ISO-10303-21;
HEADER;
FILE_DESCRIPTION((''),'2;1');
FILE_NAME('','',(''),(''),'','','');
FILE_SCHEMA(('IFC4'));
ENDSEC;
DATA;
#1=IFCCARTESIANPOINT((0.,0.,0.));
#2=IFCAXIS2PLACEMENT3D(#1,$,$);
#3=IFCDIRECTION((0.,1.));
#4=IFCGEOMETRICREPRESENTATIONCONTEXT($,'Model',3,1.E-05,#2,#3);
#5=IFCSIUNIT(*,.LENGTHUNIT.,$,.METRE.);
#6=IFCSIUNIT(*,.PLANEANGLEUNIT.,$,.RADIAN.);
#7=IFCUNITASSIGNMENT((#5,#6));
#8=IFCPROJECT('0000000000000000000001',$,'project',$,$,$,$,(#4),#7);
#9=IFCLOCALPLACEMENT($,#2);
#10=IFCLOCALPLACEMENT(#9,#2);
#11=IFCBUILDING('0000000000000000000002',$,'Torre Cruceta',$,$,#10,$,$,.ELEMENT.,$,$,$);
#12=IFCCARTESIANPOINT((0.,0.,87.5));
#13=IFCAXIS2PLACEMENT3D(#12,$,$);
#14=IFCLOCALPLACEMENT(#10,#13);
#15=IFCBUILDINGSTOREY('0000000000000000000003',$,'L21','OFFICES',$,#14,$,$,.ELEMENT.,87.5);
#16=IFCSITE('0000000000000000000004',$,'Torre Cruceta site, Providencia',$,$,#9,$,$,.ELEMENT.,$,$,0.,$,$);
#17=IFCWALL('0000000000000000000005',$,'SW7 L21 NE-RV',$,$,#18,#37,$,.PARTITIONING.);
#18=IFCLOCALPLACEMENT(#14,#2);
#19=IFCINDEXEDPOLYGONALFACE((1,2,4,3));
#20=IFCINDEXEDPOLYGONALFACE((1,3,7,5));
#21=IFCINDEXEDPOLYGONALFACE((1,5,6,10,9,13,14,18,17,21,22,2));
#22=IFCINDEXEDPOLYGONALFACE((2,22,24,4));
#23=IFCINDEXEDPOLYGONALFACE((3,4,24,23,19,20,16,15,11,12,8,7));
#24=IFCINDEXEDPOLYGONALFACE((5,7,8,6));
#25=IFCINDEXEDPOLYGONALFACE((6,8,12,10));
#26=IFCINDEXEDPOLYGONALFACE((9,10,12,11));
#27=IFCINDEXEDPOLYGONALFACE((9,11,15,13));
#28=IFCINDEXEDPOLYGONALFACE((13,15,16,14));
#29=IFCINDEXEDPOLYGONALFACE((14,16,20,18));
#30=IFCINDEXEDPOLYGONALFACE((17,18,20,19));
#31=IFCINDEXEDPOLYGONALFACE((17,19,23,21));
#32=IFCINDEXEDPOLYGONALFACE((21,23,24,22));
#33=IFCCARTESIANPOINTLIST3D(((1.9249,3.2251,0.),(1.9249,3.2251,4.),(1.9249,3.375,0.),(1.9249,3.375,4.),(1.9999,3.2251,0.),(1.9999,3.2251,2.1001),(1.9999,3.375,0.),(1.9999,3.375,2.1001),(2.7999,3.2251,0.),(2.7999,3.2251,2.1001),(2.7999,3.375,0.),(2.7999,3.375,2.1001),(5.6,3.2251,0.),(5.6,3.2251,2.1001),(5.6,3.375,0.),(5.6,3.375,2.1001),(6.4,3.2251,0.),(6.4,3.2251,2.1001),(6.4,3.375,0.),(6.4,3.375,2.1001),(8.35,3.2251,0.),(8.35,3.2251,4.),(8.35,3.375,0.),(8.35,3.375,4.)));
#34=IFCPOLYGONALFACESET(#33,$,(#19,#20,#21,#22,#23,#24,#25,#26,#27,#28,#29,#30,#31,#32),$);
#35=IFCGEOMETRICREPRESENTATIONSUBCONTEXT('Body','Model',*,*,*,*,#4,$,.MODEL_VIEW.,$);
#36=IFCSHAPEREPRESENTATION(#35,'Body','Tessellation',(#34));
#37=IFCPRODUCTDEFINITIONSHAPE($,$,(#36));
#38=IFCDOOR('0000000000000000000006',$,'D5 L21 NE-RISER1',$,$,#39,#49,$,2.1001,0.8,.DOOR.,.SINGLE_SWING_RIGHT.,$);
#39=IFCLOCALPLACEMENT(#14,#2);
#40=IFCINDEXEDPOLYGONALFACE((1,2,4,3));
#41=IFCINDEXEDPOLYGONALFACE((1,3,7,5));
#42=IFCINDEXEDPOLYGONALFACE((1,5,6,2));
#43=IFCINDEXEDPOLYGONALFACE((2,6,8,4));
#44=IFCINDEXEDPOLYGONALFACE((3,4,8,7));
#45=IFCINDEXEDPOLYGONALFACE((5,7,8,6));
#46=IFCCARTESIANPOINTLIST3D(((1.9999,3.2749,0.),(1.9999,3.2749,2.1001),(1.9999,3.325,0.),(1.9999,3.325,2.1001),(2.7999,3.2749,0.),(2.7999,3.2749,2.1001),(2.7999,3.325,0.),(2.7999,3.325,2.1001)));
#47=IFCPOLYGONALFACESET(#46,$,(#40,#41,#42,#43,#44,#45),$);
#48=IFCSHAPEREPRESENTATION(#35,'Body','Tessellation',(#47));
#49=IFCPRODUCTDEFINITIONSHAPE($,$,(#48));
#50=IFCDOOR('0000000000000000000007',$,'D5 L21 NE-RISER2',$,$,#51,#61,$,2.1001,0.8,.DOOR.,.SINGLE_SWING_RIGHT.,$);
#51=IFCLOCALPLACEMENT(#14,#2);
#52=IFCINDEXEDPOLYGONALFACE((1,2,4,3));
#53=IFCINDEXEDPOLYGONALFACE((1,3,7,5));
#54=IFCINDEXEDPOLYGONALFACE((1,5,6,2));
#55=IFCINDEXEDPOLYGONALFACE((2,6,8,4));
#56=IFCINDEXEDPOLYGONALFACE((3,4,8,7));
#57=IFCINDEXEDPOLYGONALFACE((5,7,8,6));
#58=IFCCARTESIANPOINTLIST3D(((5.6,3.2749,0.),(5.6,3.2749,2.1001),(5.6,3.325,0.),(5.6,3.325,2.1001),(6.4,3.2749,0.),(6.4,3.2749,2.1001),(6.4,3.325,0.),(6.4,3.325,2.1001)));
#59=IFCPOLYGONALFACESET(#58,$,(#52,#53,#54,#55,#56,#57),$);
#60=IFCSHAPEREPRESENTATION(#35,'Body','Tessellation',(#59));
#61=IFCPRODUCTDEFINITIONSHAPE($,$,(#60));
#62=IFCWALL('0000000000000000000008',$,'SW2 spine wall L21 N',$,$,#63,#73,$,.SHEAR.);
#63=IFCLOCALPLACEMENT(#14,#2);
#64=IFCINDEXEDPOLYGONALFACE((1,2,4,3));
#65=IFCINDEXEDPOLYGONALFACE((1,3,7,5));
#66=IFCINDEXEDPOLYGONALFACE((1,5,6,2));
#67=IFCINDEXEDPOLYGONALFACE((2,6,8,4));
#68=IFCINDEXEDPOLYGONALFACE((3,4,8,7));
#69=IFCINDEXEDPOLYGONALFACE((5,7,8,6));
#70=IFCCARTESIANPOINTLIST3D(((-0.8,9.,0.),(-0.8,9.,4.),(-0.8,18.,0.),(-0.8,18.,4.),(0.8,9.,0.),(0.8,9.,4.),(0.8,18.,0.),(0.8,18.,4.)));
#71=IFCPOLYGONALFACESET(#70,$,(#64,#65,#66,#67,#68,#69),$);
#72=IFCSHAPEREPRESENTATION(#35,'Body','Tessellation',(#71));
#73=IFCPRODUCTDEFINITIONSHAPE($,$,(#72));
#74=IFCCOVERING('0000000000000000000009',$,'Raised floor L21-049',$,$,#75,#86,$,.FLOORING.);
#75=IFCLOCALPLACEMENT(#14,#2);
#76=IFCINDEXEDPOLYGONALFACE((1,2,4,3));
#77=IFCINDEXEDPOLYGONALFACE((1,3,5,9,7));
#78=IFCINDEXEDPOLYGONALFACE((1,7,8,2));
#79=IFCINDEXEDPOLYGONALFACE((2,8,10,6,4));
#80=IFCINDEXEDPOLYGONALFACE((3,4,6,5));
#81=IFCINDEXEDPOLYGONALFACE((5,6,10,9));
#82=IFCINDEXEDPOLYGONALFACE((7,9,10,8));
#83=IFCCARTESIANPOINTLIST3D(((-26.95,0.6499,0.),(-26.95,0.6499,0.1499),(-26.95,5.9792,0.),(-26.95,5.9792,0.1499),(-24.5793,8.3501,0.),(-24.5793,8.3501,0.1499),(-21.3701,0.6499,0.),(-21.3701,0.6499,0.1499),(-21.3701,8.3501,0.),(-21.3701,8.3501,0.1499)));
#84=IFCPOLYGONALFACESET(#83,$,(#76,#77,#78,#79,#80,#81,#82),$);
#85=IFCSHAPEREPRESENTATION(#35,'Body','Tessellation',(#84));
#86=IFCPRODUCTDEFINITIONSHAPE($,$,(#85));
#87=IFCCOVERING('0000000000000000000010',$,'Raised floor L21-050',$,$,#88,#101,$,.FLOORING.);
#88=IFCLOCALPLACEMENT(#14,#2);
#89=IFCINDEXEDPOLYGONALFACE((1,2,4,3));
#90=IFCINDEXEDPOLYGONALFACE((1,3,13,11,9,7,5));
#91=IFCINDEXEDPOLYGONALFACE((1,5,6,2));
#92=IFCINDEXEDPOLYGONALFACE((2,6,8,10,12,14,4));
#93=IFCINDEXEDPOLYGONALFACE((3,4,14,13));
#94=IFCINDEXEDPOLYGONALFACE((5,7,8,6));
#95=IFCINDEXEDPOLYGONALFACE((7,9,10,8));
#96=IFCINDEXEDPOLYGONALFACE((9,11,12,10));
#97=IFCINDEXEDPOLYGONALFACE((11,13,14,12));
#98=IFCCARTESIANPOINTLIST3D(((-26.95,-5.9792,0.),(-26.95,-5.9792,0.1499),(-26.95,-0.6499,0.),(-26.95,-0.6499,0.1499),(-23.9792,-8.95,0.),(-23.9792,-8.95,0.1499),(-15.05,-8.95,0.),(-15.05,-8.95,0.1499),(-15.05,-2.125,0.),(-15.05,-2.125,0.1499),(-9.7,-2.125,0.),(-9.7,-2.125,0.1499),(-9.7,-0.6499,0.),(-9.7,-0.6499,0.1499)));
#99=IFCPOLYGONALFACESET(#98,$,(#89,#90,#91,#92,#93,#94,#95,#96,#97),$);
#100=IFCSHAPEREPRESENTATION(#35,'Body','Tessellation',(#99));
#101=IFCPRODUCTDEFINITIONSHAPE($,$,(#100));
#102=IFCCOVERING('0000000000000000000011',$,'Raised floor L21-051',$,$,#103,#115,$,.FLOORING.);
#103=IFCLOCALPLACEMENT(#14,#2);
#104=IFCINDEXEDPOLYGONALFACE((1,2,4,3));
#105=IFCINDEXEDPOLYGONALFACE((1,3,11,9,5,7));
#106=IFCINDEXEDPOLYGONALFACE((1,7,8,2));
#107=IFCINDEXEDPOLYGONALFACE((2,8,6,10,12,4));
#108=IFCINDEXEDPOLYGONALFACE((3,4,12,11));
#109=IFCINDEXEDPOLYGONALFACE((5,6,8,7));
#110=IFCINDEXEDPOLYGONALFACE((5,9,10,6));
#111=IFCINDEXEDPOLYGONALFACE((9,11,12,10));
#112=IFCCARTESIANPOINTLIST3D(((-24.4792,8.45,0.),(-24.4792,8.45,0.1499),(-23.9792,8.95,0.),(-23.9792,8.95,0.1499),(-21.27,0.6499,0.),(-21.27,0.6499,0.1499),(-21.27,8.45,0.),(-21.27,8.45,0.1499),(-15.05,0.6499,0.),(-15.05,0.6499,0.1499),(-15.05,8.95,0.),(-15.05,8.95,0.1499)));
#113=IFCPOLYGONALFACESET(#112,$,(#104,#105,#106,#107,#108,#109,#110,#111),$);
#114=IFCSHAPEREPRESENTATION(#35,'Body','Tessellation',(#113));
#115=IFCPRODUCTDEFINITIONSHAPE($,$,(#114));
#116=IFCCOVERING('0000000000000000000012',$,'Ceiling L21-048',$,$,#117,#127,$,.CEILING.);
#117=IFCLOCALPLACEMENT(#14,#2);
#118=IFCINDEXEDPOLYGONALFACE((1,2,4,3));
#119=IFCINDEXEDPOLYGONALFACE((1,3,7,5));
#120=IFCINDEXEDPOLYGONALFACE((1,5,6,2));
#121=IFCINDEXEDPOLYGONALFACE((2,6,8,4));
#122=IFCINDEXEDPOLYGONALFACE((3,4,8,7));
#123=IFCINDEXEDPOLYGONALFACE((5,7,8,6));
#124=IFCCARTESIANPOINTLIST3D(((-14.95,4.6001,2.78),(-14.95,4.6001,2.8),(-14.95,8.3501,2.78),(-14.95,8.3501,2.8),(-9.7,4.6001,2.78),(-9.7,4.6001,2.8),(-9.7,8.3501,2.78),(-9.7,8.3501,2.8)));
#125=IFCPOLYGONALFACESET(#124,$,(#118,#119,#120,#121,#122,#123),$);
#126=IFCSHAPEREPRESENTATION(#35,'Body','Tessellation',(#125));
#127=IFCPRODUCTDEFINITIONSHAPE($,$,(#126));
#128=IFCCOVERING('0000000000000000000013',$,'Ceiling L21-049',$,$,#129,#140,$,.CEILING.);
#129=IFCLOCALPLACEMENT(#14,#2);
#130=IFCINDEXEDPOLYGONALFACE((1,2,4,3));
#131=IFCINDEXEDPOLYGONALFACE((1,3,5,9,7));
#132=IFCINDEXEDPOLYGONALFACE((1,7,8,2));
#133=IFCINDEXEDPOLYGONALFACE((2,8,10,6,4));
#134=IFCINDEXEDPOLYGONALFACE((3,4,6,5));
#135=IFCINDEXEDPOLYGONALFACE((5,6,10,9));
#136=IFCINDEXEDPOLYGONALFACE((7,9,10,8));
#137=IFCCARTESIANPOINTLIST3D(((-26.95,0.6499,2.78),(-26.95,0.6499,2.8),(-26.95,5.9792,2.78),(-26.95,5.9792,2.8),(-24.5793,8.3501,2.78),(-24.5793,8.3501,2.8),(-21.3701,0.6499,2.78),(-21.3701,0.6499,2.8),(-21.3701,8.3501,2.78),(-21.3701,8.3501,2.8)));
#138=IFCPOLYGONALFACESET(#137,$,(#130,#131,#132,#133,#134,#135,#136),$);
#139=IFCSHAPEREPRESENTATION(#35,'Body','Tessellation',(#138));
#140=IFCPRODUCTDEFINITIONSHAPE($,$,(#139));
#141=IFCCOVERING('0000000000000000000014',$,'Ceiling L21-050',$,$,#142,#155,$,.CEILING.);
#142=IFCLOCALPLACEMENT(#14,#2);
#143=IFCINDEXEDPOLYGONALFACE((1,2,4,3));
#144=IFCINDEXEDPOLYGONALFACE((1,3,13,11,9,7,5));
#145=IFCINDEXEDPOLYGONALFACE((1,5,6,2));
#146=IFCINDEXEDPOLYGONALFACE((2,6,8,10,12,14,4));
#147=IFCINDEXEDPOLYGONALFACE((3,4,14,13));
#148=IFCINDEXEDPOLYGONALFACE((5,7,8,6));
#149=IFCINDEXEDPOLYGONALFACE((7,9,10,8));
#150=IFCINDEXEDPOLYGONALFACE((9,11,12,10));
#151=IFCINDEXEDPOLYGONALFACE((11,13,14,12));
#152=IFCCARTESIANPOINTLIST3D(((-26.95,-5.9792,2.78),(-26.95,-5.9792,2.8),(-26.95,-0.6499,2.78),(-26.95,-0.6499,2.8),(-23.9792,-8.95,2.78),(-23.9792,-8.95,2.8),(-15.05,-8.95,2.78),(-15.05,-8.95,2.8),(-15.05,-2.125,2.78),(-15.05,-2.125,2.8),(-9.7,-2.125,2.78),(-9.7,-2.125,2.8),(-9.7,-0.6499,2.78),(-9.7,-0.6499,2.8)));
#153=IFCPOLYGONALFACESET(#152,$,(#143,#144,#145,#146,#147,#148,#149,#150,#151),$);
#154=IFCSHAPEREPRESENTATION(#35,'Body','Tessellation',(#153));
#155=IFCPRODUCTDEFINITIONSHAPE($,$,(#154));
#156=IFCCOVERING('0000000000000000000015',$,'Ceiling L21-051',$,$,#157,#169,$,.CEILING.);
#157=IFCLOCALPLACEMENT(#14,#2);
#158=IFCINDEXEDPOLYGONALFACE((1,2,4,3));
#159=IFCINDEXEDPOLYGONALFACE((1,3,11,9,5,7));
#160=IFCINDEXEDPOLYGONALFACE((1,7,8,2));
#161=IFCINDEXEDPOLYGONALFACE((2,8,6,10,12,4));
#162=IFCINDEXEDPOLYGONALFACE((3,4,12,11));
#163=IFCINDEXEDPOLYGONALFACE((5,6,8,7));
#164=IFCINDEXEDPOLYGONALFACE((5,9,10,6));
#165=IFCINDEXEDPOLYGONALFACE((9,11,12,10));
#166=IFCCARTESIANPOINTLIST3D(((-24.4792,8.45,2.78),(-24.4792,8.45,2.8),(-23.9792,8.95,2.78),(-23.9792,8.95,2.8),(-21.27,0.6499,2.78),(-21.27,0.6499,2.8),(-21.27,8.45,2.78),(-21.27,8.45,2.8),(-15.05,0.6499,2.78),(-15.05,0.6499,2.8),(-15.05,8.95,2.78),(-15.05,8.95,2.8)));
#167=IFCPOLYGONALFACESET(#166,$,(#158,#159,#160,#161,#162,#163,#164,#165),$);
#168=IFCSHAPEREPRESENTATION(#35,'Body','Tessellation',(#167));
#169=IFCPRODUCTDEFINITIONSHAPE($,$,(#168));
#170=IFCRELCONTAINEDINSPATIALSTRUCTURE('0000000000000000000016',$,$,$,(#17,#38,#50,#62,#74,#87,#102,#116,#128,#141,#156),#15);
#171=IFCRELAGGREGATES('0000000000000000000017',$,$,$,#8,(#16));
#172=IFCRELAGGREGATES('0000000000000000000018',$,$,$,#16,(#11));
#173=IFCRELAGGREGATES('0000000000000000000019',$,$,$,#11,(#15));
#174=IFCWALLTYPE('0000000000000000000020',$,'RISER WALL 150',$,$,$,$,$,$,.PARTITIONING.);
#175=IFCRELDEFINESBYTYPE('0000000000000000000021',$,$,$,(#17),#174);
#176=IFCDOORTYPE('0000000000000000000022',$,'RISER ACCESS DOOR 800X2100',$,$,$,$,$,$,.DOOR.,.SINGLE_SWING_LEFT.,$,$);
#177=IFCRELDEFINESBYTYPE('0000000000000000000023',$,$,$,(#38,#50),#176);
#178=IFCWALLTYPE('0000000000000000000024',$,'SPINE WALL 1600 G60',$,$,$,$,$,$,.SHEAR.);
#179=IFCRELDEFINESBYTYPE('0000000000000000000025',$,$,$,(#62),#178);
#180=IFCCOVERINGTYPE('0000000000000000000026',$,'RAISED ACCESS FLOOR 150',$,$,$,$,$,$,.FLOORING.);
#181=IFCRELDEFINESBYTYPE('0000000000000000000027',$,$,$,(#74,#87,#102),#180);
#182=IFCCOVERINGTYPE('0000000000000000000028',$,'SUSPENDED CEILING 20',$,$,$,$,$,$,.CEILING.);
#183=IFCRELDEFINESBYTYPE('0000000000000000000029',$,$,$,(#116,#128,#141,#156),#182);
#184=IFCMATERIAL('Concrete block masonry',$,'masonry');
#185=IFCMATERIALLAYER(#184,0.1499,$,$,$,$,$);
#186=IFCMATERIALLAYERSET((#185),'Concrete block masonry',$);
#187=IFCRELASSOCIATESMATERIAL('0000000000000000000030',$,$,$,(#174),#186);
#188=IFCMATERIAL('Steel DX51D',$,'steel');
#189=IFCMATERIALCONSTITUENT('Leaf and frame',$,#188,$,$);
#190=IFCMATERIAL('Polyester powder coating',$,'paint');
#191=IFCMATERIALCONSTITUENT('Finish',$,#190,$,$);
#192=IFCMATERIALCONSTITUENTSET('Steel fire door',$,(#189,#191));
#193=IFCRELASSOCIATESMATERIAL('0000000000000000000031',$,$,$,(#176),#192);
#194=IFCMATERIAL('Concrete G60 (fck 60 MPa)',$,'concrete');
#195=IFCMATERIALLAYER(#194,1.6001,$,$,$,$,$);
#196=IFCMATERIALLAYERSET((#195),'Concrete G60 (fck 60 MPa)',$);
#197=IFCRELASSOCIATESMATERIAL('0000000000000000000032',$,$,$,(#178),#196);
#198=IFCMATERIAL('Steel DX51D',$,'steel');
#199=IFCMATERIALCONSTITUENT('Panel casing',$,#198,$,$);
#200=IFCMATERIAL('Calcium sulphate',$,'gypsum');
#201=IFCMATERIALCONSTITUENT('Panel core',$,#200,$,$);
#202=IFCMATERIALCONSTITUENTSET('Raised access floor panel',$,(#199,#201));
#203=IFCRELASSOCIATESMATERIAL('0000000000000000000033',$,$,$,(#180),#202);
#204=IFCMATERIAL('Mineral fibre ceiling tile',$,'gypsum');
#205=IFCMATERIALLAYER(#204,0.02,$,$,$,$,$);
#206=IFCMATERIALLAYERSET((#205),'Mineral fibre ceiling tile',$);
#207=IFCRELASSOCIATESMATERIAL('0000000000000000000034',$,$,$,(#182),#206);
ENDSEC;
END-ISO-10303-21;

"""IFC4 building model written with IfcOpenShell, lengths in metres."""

from ifc_helpers import new_model, si_unit, direction, frame, frame_2d, origin, place, context, subcontext, project, spatial, polyline, rectangle, outline, extrude, material, layer, layer_set, constituent, constituent_set, type_object, element, fill, save


model = new_model("IFC4")

# Units and contexts
model_context = context("Model", 3, precision=1e-05, world=origin(), true_north=direction((0.0, 1.0)))
body_context = subcontext(model_context, "Body", "Model", "MODEL_VIEW")
ifc_project = project(units=[si_unit("LENGTHUNIT", "METRE"), si_unit("PLANEANGLEUNIT", "RADIAN")], contexts=[model_context])

# Site, building, storey
site_placement = place(None, origin())
site = spatial("IfcSite", under=ifc_project, at=site_placement, Name="Torre Cruceta site, Providencia", CompositionType="ELEMENT", RefElevation=0.0)
building_placement = place(site_placement, origin())
building = spatial("IfcBuilding", under=site, at=building_placement, Name="Torre Cruceta", CompositionType="ELEMENT")
storey_placement = place(building_placement, frame((0.0, 0.0, 87.5)))
storey = spatial("IfcBuildingStorey", under=building, at=storey_placement, Name="L21", Description="OFFICES", CompositionType="ELEMENT", Elevation=87.5)

# Wall, openings, doors
ifc_material_1 = material(Name="Concrete block masonry", Category="masonry")
ifc_layer_1 = layer(ifc_material_1, 0.1499)
ifc_layer_set_1 = layer_set([ifc_layer_1], Name="Concrete block masonry")
wall_type_1 = type_object("IfcWallType", Name="RISER WALL 150", PredefinedType="PARTITIONING", material=ifc_layer_set_1)
wall_1_placement = place(storey_placement, frame((1.925, 3.3, 0.0), z_axis=(0.0, 0.0, 1.0), x_axis=(1.0, 0.0, 0.0)))
wall_1 = element("IfcWall", 1, at=wall_1_placement, inside=storey, type_object=wall_type_1, Name="SW7 L21 NE-RV", PredefinedType="PARTITIONING", context=body_context, shape_type="SweptSolid", body=[
    extrude(rectangle(XDim=6.425, YDim=0.1499, at=frame_2d((3.2124, 0.0))), origin(), (0.0, 0.0, 1.0), 4.0),
])
opening_1_placement = place(wall_1_placement, frame((0.075, 0.0, 0.0)))
opening_1 = element("IfcOpeningElement", 2, at=opening_1_placement, cuts=wall_1, PredefinedType="OPENING", context=body_context, shape_type="SweptSolid", body=[
    extrude(rectangle(XDim=0.8, YDim=2.1001, at=frame_2d((0.3999, 1.05))), frame((0.0, 0.085, 0.0), z_axis=(0.0, -1.0, 0.0), x_axis=(1.0, 0.0, 0.0)), (0.0, 0.0, 1.0), 0.1699),
])
opening_2_placement = place(wall_1_placement, frame((3.675, 0.0, 0.0)))
opening_2 = element("IfcOpeningElement", 3, at=opening_2_placement, cuts=wall_1, PredefinedType="OPENING", context=body_context, shape_type="SweptSolid", body=[
    extrude(rectangle(XDim=0.8, YDim=2.1001, at=frame_2d((0.3999, 1.05))), frame((0.0, 0.085, 0.0), z_axis=(0.0, -1.0, 0.0), x_axis=(1.0, 0.0, 0.0)), (0.0, 0.0, 1.0), 0.1699),
])
ifc_material_2 = material(Name="Steel DX51D", Category="steel")
ifc_constituent_1 = constituent(ifc_material_2, Name="Leaf and frame")
ifc_material_3 = material(Name="Polyester powder coating", Category="paint")
ifc_constituent_2 = constituent(ifc_material_3, Name="Finish")
ifc_constituent_set_1 = constituent_set(constituents=[ifc_constituent_1, ifc_constituent_2], Name="Steel fire door")
door_type_1 = type_object("IfcDoorType", Name="RISER ACCESS DOOR 800X2100", OperationType="SINGLE_SWING_LEFT", PredefinedType="DOOR", material=ifc_constituent_set_1)
door_1_placement = place(opening_1_placement, frame((0.8, 0.0, 0.0), z_axis=(0.0, 0.0, 1.0), x_axis=(-1.0, 0.0, 0.0)))
door_1 = element("IfcDoor", 4, at=door_1_placement, inside=storey, type_object=door_type_1, Name="D5 L21 NE-RISER1", OperationType="SINGLE_SWING_RIGHT", OverallHeight=2.1001, OverallWidth=0.8, PredefinedType="DOOR", context=body_context, shape_type="SweptSolid", body=[
    extrude(rectangle(XDim=0.8, YDim=2.1001, at=frame_2d((0.4001, 1.05))), frame((0.0, 0.0251, 0.0), z_axis=(0.0, -1.0, 0.0), x_axis=(1.0, 0.0, 0.0)), (0.0, 0.0, 1.0), 0.05),
])
fill(opening_1, door_1)
door_2_placement = place(opening_2_placement, frame((0.8, 0.0, 0.0), z_axis=(0.0, 0.0, 1.0), x_axis=(-1.0, 0.0, 0.0)))
door_2 = element("IfcDoor", 5, at=door_2_placement, inside=storey, type_object=door_type_1, Name="D5 L21 NE-RISER2", OperationType="SINGLE_SWING_RIGHT", OverallHeight=2.1001, OverallWidth=0.8, PredefinedType="DOOR", context=body_context, shape_type="SweptSolid", body=[
    extrude(rectangle(XDim=0.8, YDim=2.1001, at=frame_2d((0.4001, 1.05))), frame((0.0, 0.0251, 0.0), z_axis=(0.0, -1.0, 0.0), x_axis=(1.0, 0.0, 0.0)), (0.0, 0.0, 1.0), 0.05),
])
fill(opening_2, door_2)

# Wall
ifc_material_4 = material(Name="Concrete G60 (fck 60 MPa)", Category="concrete")
ifc_layer_2 = layer(ifc_material_4, 1.6001)
ifc_layer_set_2 = layer_set([ifc_layer_2], Name="Concrete G60 (fck 60 MPa)")
wall_type_2 = type_object("IfcWallType", Name="SPINE WALL 1600 G60", PredefinedType="SHEAR", material=ifc_layer_set_2)
wall_2_placement = place(storey_placement, frame((0.0, 9.0, 0.0), z_axis=(0.0, 0.0, 1.0), x_axis=(0.0, 1.0, 0.0)))
element("IfcWall", 6, at=wall_2_placement, inside=storey, type_object=wall_type_2, Name="SW2 spine wall L21 N", PredefinedType="SHEAR", context=body_context, shape_type="SweptSolid", body=[
    extrude(rectangle(XDim=9.0, YDim=1.6001, at=frame_2d((4.5, 0.0))), origin(), (0.0, 0.0, 1.0), 4.0),
])

# Coverings
ifc_material_5 = material(Name="Steel DX51D", Category="steel")
ifc_constituent_3 = constituent(ifc_material_5, Name="Panel casing")
ifc_material_6 = material(Name="Calcium sulphate", Category="gypsum")
ifc_constituent_4 = constituent(ifc_material_6, Name="Panel core")
ifc_constituent_set_2 = constituent_set(constituents=[ifc_constituent_3, ifc_constituent_4], Name="Raised access floor panel")
covering_type_1 = type_object("IfcCoveringType", Name="RAISED ACCESS FLOOR 150", PredefinedType="FLOORING", material=ifc_constituent_set_2)
covering_1_placement = place(storey_placement, origin())
element("IfcCovering", 7, at=covering_1_placement, inside=storey, type_object=covering_type_1, Name="Raised floor L21-049", PredefinedType="FLOORING", context=body_context, shape_type="SweptSolid", body=[
    extrude(outline(polyline([(-24.5793, 8.3501), (-21.3701, 8.3501), (-21.3701, 0.6499), (-26.95, 0.6499), (-26.95, 5.9792), (-24.5793, 8.3501)])), origin(), (0.0, 0.0, 1.0), 0.1499),
])
covering_2_placement = place(storey_placement, origin())
element("IfcCovering", 8, at=covering_2_placement, inside=storey, type_object=covering_type_1, Name="Raised floor L21-050", PredefinedType="FLOORING", context=body_context, shape_type="SweptSolid", body=[
    extrude(outline(polyline([(-9.7, -2.125), (-15.05, -2.125), (-15.05, -8.95), (-23.9792, -8.95), (-26.95, -5.9792), (-26.95, -0.6499), (-9.7, -0.6499), (-9.7, -2.125)])), origin(), (0.0, 0.0, 1.0), 0.1499),
])
covering_3_placement = place(storey_placement, origin())
element("IfcCovering", 9, at=covering_3_placement, inside=storey, type_object=covering_type_1, Name="Raised floor L21-051", PredefinedType="FLOORING", context=body_context, shape_type="SweptSolid", body=[
    extrude(outline(polyline([(-21.27, 8.45), (-24.4792, 8.45), (-23.9792, 8.95), (-15.05, 8.95), (-15.05, 0.6499), (-21.27, 0.6499), (-21.27, 8.45)])), origin(), (0.0, 0.0, 1.0), 0.1499),
])
ifc_material_7 = material(Name="Mineral fibre ceiling tile", Category="gypsum")
ifc_layer_3 = layer(ifc_material_7, 0.02)
ifc_layer_set_3 = layer_set([ifc_layer_3], Name="Mineral fibre ceiling tile")
covering_type_2 = type_object("IfcCoveringType", Name="SUSPENDED CEILING 20", PredefinedType="CEILING", material=ifc_layer_set_3)
covering_4_placement = place(storey_placement, frame((0.0, 0.0, 2.78)))
element("IfcCovering", 10, at=covering_4_placement, inside=storey, type_object=covering_type_2, Name="Ceiling L21-048", PredefinedType="CEILING", context=body_context, shape_type="SweptSolid", body=[
    extrude(outline(polyline([(-9.7, 8.3501), (-9.7, 4.6001), (-14.95, 4.6001), (-14.95, 8.3501), (-9.7, 8.3501)])), origin(), (0.0, 0.0, 1.0), 0.02),
])
covering_5_placement = place(storey_placement, frame((0.0, 0.0, 2.78)))
element("IfcCovering", 11, at=covering_5_placement, inside=storey, type_object=covering_type_2, Name="Ceiling L21-049", PredefinedType="CEILING", context=body_context, shape_type="SweptSolid", body=[
    extrude(outline(polyline([(-24.5793, 8.3501), (-21.3701, 8.3501), (-21.3701, 0.6499), (-26.95, 0.6499), (-26.95, 5.9792), (-24.5793, 8.3501)])), origin(), (0.0, 0.0, 1.0), 0.02),
])
covering_6_placement = place(storey_placement, frame((0.0, 0.0, 2.78)))
element("IfcCovering", 12, at=covering_6_placement, inside=storey, type_object=covering_type_2, Name="Ceiling L21-050", PredefinedType="CEILING", context=body_context, shape_type="SweptSolid", body=[
    extrude(outline(polyline([(-9.7, -2.125), (-15.05, -2.125), (-15.05, -8.95), (-23.9792, -8.95), (-26.95, -5.9792), (-26.95, -0.6499), (-9.7, -0.6499), (-9.7, -2.125)])), origin(), (0.0, 0.0, 1.0), 0.02),
])
covering_7_placement = place(storey_placement, frame((0.0, 0.0, 2.78)))
element("IfcCovering", 13, at=covering_7_placement, inside=storey, type_object=covering_type_2, Name="Ceiling L21-051", PredefinedType="CEILING", context=body_context, shape_type="SweptSolid", body=[
    extrude(outline(polyline([(-21.27, 8.45), (-24.4792, 8.45), (-23.9792, 8.95), (-15.05, 8.95), (-15.05, 0.6499), (-21.27, 0.6499), (-21.27, 8.45)])), origin(), (0.0, 0.0, 1.0), 0.02),
])

save(model, "model.ifc")
